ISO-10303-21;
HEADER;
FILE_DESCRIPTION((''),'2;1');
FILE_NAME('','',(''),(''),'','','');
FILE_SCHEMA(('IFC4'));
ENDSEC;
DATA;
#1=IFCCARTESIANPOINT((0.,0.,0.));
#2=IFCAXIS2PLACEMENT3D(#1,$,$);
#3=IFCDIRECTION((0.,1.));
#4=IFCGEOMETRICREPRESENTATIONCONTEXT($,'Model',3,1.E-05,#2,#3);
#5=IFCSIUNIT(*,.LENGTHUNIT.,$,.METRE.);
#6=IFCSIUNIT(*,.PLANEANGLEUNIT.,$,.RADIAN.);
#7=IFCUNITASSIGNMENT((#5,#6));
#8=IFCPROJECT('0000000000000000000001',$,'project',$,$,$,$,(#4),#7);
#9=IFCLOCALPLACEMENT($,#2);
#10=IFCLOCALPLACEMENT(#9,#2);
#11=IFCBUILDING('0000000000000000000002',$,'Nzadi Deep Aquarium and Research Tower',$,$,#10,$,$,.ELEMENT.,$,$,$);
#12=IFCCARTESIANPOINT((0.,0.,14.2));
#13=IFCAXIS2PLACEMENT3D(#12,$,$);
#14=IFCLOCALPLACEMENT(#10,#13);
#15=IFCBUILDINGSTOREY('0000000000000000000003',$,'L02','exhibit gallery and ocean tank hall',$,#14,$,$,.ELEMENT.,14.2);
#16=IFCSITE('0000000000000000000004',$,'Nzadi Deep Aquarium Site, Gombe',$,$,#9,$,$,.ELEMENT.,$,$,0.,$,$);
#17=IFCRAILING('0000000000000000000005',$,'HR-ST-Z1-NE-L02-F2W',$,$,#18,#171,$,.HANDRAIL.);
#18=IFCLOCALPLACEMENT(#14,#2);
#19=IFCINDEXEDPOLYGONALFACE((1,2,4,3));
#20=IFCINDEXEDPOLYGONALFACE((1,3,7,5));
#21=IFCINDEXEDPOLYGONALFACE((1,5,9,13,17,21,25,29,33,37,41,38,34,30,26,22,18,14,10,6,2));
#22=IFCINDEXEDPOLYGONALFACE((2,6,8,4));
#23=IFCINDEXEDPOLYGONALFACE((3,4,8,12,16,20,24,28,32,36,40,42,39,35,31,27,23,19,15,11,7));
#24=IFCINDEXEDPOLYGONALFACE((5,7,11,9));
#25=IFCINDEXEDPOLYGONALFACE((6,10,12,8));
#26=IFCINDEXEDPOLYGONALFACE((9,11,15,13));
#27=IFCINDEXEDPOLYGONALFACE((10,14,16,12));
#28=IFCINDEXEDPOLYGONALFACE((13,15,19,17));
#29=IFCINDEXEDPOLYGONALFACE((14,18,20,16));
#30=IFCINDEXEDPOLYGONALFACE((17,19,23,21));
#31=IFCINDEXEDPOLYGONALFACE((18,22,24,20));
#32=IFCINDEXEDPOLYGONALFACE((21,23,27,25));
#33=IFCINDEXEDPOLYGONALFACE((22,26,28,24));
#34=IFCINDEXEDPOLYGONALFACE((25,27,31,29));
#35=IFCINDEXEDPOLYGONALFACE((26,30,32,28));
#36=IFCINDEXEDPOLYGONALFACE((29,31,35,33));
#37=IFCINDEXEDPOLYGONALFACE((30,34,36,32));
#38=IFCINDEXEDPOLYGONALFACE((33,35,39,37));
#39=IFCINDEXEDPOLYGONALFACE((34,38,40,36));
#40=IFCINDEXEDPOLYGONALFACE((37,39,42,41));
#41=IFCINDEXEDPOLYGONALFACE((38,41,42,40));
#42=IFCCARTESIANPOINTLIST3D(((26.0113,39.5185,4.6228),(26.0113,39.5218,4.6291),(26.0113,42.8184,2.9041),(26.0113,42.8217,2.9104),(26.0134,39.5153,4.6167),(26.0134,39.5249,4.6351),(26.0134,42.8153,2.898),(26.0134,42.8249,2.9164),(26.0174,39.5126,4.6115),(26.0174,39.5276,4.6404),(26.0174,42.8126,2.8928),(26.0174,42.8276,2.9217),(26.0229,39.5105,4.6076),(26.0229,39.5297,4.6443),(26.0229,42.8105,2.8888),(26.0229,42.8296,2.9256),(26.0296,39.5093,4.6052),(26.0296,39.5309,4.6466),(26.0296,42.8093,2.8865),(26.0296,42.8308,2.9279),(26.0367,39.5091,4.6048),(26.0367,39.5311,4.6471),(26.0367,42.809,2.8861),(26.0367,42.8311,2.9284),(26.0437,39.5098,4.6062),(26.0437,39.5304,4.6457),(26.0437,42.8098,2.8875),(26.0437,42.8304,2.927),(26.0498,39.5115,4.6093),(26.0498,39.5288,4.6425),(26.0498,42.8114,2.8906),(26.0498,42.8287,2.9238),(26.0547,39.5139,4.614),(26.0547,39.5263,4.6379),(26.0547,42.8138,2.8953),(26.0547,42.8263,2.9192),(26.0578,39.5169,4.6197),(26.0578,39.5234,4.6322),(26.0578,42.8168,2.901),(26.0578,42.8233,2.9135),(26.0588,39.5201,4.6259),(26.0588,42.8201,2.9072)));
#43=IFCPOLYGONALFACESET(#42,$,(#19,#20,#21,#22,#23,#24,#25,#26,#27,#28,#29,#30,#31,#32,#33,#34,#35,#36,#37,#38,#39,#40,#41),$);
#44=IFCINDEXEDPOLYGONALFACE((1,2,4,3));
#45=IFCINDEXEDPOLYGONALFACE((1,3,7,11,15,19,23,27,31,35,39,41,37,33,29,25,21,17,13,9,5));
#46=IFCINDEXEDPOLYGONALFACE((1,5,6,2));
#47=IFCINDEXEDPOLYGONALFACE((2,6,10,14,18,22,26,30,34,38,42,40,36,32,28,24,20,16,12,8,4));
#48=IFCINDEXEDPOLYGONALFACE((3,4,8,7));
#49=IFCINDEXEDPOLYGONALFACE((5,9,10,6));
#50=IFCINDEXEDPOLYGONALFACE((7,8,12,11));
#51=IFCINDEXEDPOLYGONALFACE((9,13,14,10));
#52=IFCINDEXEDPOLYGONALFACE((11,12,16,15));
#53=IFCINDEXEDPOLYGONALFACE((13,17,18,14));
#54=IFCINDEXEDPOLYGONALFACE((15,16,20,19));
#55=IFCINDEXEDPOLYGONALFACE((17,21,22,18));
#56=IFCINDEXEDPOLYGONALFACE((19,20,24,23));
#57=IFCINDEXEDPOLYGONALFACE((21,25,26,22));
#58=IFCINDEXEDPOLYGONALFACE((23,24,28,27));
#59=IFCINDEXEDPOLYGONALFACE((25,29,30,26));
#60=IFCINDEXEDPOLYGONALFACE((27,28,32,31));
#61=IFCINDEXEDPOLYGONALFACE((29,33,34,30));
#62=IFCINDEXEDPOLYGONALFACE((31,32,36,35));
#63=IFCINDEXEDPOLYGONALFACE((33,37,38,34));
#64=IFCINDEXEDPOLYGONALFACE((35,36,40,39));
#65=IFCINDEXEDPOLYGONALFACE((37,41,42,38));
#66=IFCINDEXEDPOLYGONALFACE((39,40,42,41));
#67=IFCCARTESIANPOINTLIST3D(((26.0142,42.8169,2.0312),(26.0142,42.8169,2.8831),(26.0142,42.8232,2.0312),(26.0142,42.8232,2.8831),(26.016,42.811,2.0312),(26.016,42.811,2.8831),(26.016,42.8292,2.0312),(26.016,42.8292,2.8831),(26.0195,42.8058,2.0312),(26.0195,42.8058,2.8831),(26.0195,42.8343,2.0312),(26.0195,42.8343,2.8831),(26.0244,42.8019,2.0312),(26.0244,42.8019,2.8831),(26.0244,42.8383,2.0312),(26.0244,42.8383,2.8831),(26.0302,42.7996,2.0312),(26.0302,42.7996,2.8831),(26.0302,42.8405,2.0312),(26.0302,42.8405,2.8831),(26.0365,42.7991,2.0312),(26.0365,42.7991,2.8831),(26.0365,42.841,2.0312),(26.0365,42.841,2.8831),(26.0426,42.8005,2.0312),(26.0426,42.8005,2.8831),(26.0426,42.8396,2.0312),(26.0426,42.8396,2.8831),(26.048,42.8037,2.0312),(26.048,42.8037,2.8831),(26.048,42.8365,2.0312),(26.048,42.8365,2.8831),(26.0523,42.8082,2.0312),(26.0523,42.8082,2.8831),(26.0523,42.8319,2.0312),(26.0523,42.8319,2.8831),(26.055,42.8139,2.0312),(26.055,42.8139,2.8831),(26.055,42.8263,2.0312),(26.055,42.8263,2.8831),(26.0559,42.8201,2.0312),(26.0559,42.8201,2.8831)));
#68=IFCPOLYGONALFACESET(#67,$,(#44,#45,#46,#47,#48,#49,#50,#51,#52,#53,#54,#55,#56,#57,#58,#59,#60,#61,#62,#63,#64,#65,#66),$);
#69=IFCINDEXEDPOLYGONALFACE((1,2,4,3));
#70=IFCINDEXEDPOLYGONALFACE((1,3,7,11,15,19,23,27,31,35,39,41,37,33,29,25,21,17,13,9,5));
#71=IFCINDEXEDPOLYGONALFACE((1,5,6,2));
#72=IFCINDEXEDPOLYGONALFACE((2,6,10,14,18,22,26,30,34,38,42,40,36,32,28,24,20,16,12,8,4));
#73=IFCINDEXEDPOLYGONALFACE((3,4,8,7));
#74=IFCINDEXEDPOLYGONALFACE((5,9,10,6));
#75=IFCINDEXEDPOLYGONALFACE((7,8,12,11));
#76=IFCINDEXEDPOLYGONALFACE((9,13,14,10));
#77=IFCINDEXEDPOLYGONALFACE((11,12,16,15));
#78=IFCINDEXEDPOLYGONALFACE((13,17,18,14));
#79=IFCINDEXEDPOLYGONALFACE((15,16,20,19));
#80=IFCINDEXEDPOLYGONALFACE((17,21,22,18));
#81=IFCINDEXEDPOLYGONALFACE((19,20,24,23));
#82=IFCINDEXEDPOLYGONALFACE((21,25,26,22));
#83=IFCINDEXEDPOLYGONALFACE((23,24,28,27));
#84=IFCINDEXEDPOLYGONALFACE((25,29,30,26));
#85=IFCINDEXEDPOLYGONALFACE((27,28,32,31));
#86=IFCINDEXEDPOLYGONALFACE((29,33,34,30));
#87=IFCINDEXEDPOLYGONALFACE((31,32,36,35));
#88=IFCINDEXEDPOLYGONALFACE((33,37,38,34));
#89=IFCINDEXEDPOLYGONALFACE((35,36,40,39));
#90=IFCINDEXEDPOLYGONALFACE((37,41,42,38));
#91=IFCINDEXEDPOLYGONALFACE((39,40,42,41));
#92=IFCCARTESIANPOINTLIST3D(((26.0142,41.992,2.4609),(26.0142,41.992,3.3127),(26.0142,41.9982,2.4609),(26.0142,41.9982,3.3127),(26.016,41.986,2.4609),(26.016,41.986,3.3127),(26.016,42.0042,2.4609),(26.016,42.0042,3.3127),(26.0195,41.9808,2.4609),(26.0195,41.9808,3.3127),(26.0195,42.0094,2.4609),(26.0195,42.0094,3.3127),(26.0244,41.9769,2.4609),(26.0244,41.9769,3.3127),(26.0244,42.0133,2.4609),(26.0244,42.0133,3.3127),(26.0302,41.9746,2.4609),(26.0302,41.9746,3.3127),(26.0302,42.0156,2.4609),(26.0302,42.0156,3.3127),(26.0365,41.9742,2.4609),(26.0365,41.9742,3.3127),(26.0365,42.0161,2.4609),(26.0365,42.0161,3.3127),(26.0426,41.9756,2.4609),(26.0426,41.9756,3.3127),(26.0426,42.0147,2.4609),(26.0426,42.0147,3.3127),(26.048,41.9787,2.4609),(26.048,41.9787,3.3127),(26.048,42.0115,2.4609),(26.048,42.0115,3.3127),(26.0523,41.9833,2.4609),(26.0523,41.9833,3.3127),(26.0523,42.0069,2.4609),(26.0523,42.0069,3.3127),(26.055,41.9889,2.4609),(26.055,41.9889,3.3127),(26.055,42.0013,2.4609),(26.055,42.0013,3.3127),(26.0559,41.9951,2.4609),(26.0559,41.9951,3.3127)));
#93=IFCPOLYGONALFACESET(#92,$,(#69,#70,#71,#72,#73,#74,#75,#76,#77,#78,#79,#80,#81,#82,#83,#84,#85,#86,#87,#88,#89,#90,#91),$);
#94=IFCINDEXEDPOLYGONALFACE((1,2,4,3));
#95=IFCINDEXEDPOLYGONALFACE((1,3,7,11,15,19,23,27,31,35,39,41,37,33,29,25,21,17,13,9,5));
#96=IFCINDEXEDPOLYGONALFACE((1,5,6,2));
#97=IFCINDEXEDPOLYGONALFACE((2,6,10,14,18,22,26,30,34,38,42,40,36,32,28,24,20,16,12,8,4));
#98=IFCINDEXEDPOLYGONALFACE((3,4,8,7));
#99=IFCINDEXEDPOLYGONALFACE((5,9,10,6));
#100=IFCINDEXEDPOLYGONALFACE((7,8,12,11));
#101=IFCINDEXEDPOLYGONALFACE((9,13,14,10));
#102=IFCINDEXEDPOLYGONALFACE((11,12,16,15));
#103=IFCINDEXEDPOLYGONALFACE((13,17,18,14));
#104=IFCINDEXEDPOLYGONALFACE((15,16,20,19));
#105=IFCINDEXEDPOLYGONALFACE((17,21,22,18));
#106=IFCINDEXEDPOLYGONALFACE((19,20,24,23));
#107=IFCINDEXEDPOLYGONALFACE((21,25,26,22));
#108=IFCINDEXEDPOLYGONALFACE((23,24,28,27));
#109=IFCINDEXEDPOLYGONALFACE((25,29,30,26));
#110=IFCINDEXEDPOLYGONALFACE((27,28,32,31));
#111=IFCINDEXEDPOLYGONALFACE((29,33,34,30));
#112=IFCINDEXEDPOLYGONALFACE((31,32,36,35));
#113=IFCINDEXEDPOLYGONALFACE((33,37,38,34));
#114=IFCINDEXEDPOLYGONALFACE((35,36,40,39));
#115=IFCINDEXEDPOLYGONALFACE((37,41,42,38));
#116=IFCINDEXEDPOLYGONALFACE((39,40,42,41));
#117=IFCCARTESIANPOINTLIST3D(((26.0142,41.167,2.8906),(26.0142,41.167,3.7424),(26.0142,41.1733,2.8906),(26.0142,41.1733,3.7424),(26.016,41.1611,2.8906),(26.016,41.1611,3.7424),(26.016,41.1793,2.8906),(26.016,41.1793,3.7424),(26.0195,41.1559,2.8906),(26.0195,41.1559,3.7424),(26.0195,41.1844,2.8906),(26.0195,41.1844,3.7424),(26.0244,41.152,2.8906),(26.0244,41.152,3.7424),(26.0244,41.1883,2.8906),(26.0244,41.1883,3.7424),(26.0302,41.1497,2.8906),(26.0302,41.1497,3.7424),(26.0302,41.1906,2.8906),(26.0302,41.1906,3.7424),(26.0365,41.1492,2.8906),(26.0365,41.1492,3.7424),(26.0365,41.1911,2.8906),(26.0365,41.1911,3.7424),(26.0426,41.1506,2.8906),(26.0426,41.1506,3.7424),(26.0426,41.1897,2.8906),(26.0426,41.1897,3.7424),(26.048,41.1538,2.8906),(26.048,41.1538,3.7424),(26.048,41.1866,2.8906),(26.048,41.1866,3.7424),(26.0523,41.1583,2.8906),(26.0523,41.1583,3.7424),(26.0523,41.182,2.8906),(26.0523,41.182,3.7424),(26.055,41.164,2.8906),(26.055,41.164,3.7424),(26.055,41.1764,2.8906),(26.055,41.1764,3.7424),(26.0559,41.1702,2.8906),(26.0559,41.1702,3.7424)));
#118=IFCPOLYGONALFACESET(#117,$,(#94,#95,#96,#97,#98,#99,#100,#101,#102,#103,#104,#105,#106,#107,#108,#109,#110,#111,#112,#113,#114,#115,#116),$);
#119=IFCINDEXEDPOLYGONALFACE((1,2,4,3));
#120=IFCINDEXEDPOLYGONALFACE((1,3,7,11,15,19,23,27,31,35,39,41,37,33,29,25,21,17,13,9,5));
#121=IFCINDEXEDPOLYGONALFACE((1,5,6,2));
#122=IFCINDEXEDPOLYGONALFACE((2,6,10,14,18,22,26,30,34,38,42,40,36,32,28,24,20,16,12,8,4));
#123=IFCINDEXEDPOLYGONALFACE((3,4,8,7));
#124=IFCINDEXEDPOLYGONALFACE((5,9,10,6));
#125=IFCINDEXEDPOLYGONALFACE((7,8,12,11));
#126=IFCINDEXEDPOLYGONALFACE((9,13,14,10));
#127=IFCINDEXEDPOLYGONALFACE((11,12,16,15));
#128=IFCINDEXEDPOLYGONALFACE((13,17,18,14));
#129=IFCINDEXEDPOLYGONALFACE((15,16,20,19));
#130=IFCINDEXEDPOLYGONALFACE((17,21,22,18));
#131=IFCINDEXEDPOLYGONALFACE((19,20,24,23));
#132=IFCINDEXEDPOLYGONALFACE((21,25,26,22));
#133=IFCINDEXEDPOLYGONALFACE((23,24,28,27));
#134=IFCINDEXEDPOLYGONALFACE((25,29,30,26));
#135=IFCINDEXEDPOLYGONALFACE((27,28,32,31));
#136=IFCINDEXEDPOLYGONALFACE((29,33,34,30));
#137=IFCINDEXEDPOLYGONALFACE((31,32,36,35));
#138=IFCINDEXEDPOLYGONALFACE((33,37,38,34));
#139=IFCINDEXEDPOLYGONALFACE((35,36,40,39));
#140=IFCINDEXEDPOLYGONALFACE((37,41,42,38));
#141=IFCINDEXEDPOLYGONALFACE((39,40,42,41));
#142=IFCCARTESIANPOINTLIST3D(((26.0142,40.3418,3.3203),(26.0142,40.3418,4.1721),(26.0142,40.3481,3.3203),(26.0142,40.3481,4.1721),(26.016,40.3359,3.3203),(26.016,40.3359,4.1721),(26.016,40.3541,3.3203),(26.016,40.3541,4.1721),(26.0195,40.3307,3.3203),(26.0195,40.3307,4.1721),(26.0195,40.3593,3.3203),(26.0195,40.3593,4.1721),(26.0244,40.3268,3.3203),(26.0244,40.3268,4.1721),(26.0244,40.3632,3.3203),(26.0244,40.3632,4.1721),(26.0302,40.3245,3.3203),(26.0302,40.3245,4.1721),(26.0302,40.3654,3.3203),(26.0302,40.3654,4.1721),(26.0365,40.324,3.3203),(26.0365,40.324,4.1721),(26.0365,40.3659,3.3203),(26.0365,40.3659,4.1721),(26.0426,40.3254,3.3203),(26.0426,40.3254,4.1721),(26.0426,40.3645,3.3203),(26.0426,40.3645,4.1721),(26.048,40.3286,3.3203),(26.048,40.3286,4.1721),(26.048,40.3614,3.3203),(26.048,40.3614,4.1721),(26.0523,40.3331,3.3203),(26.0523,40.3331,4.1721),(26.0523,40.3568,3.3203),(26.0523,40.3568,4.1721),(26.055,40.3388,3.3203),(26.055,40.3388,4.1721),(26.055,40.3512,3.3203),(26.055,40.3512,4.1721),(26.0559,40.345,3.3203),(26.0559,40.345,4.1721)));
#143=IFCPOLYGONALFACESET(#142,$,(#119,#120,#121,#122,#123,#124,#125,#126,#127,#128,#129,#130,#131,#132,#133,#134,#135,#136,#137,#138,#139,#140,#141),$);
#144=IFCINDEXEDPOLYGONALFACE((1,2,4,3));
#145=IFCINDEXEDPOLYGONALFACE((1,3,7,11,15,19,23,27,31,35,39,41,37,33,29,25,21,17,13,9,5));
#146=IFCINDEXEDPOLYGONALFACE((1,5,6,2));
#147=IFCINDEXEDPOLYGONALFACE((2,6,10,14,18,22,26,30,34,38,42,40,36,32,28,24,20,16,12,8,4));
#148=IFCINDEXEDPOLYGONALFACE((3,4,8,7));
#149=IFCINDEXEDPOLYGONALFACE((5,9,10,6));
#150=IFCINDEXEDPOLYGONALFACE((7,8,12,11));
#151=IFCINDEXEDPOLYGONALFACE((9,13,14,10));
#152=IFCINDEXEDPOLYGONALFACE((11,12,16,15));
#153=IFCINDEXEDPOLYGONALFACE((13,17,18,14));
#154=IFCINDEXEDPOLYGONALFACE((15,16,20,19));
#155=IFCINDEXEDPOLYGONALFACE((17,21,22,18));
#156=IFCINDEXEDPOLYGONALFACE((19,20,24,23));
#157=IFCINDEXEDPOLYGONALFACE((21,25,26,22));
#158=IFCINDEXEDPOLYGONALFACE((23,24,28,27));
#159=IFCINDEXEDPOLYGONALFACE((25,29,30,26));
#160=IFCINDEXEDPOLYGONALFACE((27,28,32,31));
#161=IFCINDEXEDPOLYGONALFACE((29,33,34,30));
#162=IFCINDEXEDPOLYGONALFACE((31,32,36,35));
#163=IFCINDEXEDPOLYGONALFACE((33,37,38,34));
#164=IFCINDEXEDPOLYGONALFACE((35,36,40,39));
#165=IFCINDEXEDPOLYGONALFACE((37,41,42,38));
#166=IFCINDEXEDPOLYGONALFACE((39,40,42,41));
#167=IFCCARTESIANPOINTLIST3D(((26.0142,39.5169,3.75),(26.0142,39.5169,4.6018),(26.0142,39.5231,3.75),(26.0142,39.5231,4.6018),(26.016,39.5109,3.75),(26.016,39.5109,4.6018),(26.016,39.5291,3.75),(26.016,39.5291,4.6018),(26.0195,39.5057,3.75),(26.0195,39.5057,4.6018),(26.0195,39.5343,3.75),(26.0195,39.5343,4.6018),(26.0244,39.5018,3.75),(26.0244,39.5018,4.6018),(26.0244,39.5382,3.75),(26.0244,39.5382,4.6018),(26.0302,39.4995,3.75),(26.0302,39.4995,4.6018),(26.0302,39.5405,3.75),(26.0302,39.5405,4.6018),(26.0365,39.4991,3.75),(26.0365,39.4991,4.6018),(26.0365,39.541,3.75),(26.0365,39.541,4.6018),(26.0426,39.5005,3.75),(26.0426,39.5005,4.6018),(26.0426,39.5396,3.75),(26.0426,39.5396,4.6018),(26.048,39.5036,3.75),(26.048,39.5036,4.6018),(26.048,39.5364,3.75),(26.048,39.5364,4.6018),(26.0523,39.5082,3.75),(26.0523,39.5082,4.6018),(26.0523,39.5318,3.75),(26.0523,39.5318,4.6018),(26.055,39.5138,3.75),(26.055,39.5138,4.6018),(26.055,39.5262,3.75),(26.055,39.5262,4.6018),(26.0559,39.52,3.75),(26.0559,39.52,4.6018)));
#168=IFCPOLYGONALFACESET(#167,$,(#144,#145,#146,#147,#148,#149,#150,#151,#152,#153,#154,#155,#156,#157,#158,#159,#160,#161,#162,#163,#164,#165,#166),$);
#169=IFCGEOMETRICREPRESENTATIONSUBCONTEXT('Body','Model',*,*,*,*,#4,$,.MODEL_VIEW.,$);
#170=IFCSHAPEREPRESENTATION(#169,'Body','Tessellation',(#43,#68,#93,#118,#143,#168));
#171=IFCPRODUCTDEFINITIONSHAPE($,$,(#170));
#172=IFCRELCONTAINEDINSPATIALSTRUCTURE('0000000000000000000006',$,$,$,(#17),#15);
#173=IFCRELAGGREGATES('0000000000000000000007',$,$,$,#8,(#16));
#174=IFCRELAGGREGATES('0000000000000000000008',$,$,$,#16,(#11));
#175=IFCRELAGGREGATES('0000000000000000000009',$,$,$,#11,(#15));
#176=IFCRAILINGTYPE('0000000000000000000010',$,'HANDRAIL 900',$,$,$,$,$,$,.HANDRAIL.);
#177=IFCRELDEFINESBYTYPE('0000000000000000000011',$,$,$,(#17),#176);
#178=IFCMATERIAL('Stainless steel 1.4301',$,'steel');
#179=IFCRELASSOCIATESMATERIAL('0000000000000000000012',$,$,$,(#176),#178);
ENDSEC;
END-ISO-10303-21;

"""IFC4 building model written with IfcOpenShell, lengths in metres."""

from ifc_helpers import new_model, si_unit, direction, frame, origin, origin_2d, place, context, subcontext, project, spatial, circle, extrude, material, type_object, element, save


model = new_model("IFC4")

# Units and contexts
model_context = context("Model", 3, precision=1e-05, world=origin(), true_north=direction((0.0, 1.0)))
body_context = subcontext(model_context, "Body", "Model", "MODEL_VIEW")
ifc_project = project(units=[si_unit("LENGTHUNIT", "METRE"), si_unit("PLANEANGLEUNIT", "RADIAN")], contexts=[model_context])

# Site, building, storey
site_placement = place(None, origin())
site = spatial("IfcSite", under=ifc_project, at=site_placement, Name="Nzadi Deep Aquarium Site, Gombe", CompositionType="ELEMENT", RefElevation=0.0)
building_placement = place(site_placement, origin())
building = spatial("IfcBuilding", under=site, at=building_placement, Name="Nzadi Deep Aquarium and Research Tower", CompositionType="ELEMENT")
storey_placement = place(building_placement, frame((0.0, 0.0, 14.2)))
storey = spatial("IfcBuildingStorey", under=building, at=storey_placement, Name="L02", Description="exhibit gallery and ocean tank hall", CompositionType="ELEMENT", Elevation=14.2)

# Railing
ifc_material_1 = material(Name="Stainless steel 1.4301", Category="steel")
railing_type = type_object("IfcRailingType", Name="HANDRAIL 900", PredefinedType="HANDRAIL", material=ifc_material_1)
for number, where, name in (
    (1, (26.0349, 42.8201, 2.0312), "HR-ST-Z1-NE-L02-F2W"),
):
    element("IfcRailing", number, at=place(storey_placement, frame(where)), inside=storey, type_object=railing_type, Name=name, PredefinedType="HANDRAIL", context=body_context, shape_type="SweptSolid", body=[
        extrude(circle(Radius=0.0239, at=origin_2d()), frame((0.0, 0.0, 0.876), z_axis=(0.0, -0.886917, 0.461929), x_axis=(1.0, 0.0, 0.0)), (0.0, 0.0, 1.0), 3.7207),
        extrude(circle(Radius=0.021, at=origin_2d()), origin(), (0.0, 0.0, 1.0), 0.8518),
        extrude(circle(Radius=0.021, at=origin_2d()), frame((0.0, -0.825, 0.4297)), (0.0, 0.0, 1.0), 0.8518),
        extrude(circle(Radius=0.021, at=origin_2d()), frame((0.0, -1.6499, 0.8594)), (0.0, 0.0, 1.0), 0.8518),
        extrude(circle(Radius=0.021, at=origin_2d()), frame((0.0, -2.4751, 1.2891)), (0.0, 0.0, 1.0), 0.8518),
        extrude(circle(Radius=0.021, at=origin_2d()), frame((0.0, -3.3, 1.7188)), (0.0, 0.0, 1.0), 0.8518),
    ])

save(model, "model.ifc")
